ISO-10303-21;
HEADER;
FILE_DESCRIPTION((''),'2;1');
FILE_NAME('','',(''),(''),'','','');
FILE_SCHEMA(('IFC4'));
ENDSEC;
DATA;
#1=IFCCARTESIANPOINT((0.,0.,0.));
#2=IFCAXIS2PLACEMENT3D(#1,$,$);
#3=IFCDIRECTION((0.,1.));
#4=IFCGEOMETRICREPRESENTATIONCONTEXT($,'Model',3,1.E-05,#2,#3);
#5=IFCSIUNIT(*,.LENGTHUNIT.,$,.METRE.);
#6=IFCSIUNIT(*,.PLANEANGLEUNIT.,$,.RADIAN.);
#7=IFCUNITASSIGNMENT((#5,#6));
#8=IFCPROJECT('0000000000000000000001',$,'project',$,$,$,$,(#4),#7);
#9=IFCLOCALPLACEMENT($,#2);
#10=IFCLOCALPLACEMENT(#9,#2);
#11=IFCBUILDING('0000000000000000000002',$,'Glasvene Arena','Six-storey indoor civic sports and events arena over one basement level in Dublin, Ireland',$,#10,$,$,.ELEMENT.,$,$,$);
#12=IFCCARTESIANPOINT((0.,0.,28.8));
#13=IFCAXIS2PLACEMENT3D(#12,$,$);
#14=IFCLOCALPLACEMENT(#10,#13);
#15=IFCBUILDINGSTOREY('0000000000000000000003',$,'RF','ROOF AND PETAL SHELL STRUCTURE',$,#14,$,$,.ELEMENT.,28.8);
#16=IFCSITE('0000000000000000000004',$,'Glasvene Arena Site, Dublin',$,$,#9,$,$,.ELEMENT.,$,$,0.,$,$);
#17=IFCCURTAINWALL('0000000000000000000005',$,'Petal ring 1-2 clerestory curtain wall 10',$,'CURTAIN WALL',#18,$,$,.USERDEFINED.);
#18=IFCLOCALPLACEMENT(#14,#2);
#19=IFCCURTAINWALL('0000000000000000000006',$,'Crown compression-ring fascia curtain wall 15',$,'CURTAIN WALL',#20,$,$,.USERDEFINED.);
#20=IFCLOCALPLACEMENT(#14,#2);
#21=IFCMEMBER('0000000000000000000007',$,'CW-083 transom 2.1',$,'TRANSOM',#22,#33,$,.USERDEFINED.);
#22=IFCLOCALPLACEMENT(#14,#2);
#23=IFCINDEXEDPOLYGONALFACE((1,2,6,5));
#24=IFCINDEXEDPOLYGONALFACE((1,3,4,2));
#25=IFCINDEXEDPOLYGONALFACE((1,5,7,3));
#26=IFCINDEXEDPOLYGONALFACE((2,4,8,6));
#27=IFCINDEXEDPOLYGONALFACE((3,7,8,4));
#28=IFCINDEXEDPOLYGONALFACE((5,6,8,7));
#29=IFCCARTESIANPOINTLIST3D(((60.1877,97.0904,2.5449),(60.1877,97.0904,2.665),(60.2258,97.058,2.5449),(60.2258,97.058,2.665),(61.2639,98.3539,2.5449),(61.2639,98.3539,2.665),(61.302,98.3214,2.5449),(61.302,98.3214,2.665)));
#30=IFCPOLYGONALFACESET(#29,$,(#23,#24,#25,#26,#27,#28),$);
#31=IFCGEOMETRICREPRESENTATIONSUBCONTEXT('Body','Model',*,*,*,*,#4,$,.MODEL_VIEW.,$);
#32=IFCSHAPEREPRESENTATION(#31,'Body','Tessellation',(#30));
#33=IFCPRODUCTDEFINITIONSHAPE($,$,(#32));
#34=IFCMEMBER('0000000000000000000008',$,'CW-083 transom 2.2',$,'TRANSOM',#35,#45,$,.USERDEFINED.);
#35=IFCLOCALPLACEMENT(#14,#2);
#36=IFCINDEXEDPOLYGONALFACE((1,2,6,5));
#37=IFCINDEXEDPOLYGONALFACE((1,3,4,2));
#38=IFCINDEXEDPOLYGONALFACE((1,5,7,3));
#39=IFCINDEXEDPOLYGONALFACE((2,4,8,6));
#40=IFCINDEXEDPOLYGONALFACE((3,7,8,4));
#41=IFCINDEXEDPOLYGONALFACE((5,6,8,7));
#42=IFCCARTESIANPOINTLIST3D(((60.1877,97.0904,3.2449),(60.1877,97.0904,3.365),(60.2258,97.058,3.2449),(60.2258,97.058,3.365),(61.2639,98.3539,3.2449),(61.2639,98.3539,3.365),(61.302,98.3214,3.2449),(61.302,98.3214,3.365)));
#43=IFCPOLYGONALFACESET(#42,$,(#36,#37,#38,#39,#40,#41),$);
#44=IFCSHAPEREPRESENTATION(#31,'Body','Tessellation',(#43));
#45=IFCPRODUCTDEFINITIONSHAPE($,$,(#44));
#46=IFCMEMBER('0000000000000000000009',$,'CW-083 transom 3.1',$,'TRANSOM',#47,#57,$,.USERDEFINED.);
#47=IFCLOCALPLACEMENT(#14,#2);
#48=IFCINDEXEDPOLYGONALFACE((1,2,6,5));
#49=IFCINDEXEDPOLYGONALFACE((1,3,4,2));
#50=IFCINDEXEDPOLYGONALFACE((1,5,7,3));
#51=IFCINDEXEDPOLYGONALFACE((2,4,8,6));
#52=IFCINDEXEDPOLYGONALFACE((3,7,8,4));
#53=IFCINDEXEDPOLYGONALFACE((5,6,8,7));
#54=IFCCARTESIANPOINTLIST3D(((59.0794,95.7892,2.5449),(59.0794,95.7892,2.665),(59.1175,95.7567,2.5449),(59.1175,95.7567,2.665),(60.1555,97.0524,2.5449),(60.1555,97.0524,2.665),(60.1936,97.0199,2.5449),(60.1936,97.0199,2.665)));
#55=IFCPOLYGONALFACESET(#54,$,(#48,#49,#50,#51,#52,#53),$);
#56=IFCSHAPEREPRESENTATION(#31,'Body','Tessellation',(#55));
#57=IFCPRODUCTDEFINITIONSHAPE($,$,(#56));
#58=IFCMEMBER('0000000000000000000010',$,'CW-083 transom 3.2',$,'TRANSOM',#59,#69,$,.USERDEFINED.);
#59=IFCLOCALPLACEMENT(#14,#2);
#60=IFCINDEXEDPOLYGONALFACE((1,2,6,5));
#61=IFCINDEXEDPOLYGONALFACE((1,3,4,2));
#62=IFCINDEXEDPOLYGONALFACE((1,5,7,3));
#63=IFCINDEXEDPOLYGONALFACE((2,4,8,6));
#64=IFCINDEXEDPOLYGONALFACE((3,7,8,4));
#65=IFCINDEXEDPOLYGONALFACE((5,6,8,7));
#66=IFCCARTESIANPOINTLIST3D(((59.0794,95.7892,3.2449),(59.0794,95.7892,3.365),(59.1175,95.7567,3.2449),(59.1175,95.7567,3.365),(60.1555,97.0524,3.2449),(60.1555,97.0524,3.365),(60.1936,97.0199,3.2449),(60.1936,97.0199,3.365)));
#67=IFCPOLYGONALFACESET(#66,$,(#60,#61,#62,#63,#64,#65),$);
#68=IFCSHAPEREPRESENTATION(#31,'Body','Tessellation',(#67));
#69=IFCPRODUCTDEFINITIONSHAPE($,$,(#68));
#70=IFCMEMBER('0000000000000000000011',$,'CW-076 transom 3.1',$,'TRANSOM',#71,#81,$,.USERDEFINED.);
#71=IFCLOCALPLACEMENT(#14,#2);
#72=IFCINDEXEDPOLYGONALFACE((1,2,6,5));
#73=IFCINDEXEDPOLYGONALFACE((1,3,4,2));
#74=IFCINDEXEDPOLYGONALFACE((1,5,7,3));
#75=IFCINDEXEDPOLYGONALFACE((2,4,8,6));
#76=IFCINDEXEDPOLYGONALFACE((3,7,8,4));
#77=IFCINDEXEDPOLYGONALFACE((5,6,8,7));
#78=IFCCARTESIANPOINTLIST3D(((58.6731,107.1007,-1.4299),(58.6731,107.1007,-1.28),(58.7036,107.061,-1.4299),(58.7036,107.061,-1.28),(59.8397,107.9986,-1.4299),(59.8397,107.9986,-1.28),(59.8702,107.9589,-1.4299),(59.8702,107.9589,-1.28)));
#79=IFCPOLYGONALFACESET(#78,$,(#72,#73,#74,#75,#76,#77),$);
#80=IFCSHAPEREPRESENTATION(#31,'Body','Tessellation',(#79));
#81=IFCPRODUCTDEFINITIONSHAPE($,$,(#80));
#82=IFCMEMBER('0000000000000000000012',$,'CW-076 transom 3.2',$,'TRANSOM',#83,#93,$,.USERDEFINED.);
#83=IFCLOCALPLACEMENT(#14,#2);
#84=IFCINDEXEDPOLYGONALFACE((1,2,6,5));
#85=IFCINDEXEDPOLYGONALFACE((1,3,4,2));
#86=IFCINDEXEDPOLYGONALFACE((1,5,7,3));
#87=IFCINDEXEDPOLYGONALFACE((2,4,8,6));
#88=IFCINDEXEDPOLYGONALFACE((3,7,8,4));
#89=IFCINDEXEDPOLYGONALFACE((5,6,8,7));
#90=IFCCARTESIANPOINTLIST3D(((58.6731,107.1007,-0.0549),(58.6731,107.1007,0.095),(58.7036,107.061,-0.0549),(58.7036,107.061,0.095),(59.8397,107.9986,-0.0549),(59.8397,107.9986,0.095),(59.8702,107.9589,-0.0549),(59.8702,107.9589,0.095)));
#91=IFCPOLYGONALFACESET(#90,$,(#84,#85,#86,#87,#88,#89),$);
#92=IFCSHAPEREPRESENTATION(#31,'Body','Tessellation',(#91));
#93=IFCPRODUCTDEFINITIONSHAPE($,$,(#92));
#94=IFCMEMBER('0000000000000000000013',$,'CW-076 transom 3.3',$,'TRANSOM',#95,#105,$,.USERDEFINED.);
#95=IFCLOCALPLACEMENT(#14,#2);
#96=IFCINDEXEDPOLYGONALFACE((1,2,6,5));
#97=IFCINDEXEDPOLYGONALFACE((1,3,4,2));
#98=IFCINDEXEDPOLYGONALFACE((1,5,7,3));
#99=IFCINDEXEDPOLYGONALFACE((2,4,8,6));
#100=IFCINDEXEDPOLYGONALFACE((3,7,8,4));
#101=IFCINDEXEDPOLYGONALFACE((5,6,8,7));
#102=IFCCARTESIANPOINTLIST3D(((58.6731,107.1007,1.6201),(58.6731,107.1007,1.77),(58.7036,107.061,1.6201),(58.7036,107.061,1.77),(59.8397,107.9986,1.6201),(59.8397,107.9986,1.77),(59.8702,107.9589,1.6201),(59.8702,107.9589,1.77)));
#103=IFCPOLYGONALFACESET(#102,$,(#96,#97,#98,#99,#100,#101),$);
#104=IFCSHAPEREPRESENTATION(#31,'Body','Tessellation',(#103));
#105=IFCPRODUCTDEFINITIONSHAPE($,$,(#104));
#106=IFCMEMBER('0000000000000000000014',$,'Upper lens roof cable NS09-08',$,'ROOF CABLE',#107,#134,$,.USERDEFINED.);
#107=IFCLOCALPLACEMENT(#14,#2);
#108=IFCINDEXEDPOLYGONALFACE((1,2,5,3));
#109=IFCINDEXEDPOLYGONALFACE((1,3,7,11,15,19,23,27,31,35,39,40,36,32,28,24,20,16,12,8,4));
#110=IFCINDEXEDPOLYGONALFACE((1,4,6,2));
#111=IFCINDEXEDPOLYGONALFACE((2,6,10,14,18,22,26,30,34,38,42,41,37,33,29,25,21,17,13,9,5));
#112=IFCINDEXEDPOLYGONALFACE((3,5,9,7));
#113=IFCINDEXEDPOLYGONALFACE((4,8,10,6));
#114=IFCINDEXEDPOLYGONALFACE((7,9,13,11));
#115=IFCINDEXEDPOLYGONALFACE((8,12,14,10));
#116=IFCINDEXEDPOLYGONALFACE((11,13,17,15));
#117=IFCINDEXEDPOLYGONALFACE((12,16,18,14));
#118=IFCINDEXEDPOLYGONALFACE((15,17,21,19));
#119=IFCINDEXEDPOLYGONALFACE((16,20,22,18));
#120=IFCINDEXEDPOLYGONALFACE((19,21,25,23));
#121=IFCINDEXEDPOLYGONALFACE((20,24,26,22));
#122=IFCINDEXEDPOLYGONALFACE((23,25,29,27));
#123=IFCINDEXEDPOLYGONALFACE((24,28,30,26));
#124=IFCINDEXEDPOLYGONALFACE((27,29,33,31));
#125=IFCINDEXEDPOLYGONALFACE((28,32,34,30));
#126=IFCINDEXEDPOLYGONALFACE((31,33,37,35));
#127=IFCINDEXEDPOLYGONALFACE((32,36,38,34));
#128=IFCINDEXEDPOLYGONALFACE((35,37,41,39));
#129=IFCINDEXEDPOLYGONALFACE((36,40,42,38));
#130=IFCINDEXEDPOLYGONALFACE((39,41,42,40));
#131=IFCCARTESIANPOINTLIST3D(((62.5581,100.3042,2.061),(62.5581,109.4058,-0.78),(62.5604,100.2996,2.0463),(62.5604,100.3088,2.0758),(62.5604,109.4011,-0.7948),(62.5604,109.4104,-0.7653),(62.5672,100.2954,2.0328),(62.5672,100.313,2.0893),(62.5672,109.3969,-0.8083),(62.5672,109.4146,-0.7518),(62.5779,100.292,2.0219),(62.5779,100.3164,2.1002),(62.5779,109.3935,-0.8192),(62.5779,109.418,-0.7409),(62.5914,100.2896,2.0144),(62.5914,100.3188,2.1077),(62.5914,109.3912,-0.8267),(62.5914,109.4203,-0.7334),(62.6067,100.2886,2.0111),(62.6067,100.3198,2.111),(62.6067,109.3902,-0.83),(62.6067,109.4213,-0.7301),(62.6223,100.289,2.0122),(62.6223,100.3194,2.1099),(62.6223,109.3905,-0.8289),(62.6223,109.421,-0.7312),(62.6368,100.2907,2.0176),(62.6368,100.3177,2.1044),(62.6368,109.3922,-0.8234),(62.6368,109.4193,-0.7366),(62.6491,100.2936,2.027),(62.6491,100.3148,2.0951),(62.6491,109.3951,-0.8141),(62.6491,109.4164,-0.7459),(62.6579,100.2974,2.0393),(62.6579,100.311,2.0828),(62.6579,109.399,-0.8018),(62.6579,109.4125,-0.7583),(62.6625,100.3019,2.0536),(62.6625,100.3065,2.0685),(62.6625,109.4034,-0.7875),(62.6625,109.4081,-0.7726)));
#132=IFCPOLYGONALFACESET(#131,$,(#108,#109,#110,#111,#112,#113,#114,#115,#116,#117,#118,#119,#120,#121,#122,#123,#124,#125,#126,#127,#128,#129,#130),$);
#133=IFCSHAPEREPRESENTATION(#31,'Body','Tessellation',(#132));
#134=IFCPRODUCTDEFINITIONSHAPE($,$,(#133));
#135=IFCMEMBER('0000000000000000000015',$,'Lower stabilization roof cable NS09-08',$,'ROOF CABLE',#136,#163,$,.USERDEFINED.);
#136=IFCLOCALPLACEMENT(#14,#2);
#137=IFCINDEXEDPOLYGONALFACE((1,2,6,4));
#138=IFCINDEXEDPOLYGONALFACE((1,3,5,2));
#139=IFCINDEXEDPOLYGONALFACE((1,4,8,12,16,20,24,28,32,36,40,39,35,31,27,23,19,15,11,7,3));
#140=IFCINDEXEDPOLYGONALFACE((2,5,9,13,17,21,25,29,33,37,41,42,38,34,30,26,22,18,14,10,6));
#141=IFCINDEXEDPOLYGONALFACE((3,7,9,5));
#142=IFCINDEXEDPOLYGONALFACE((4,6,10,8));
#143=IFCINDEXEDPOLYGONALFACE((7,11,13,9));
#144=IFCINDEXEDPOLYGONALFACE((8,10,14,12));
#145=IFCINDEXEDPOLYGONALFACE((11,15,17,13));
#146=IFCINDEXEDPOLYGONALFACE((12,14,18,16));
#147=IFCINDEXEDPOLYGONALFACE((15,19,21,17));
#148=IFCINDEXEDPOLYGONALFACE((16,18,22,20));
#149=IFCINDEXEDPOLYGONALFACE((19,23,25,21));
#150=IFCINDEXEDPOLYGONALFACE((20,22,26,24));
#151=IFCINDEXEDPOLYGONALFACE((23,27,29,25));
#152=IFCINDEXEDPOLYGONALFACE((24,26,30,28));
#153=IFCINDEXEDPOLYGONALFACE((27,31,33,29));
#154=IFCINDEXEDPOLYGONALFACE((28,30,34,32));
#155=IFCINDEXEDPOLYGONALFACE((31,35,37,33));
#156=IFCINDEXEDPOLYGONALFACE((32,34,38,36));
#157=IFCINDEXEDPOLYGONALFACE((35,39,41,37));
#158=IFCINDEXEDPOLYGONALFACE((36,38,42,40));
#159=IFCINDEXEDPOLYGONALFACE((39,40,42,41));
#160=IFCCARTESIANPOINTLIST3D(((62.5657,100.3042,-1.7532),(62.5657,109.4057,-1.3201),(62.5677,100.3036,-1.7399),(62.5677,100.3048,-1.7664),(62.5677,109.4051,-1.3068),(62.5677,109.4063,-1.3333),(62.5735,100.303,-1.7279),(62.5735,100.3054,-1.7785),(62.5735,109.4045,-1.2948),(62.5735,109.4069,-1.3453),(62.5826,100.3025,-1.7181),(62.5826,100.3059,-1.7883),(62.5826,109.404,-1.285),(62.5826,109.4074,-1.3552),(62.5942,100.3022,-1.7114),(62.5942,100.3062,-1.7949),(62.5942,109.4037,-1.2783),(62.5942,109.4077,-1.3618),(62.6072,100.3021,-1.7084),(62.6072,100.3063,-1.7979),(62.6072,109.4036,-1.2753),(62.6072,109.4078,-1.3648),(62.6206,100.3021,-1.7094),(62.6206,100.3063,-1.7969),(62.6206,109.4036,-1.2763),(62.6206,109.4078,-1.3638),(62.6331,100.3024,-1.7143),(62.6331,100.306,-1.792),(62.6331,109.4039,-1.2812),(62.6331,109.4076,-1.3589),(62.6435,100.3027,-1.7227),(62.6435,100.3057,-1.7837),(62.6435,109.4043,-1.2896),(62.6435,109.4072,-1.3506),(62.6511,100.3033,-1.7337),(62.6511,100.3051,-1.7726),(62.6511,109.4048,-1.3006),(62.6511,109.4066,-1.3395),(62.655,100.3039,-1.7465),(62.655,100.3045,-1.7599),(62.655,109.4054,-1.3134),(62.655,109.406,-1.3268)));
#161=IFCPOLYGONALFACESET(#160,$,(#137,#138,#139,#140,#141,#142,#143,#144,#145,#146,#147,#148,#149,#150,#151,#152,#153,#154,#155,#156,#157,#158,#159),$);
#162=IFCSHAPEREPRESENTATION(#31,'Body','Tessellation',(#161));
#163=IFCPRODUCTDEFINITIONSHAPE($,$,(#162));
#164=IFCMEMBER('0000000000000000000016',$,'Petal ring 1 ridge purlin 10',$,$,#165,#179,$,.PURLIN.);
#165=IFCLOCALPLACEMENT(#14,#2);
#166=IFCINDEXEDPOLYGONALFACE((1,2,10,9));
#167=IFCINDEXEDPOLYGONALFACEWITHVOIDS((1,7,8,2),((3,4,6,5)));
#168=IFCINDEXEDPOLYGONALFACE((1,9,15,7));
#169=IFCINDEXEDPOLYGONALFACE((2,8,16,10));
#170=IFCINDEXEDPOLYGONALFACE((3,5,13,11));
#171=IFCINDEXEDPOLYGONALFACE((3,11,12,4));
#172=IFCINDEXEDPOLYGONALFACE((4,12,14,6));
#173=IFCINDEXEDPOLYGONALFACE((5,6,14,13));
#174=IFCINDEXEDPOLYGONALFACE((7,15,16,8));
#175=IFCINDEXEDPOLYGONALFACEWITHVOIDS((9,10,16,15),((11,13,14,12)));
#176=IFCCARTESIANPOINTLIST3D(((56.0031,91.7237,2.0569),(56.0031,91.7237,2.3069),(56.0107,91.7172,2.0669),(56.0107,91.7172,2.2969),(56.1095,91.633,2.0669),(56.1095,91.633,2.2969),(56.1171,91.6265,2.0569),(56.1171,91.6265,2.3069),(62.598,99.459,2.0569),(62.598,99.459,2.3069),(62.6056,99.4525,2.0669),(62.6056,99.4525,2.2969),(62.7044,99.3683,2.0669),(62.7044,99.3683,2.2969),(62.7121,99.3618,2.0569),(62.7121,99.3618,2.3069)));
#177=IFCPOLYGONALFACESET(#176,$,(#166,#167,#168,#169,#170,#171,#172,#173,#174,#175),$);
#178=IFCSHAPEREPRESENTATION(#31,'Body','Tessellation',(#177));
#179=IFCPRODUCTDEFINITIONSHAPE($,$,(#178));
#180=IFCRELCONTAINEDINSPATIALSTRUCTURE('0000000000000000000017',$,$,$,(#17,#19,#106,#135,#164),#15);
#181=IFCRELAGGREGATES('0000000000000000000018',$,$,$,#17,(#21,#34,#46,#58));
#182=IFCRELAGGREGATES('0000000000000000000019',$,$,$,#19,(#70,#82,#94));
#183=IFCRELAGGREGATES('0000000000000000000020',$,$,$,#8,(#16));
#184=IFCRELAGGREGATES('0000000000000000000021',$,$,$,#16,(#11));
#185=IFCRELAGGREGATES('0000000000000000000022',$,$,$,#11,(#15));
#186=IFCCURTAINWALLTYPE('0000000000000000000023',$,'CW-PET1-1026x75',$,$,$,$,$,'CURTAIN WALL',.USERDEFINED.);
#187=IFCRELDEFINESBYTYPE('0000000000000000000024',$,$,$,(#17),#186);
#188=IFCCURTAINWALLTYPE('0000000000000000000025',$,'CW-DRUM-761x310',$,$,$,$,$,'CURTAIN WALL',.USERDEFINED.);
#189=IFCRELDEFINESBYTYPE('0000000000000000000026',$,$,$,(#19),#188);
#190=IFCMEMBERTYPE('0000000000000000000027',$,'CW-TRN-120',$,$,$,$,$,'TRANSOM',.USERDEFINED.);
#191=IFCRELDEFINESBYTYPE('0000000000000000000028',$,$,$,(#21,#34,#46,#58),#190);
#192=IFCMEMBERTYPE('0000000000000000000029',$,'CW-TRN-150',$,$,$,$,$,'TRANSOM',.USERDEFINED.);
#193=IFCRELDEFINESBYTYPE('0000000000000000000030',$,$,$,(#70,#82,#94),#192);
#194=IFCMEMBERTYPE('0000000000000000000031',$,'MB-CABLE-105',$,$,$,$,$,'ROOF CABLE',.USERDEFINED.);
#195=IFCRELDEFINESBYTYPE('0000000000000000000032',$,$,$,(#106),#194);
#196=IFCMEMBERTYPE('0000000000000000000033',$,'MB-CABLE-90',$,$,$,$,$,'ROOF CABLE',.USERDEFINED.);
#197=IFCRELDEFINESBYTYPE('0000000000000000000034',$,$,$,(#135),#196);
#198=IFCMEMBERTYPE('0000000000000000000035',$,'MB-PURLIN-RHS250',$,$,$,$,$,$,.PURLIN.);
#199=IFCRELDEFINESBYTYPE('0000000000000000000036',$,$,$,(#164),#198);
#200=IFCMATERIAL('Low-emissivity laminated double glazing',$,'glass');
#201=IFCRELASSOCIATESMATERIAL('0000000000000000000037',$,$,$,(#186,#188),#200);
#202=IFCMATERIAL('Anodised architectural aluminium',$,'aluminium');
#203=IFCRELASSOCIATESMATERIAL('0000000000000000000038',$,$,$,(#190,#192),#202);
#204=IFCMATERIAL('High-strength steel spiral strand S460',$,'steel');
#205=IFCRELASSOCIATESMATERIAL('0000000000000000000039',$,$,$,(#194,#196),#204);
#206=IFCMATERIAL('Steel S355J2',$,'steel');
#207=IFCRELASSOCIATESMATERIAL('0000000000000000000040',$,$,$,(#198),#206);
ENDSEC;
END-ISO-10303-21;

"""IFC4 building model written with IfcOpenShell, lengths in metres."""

from ifc_helpers import new_model, si_unit, direction, frame, origin, origin_2d, place, context, subcontext, project, spatial, rectangle, hollow_rectangle, circle, extrude, material, material_profile, profile_set, type_object, element, aggregate, save


model = new_model("IFC4")

# Units and contexts
model_context = context("Model", 3, precision=1e-05, world=origin(), true_north=direction((0.0, 1.0)))
body_context = subcontext(model_context, "Body", "Model", "MODEL_VIEW")
ifc_project = project(units=[si_unit("LENGTHUNIT", "METRE"), si_unit("PLANEANGLEUNIT", "RADIAN")], contexts=[model_context])

# Site, building, storey
site_placement = place(None, origin())
site = spatial("IfcSite", under=ifc_project, at=site_placement, Name="Glasvene Arena Site, Dublin", CompositionType="ELEMENT", RefElevation=0.0)
building_placement = place(site_placement, origin())
building = spatial("IfcBuilding", under=site, at=building_placement, Name="Glasvene Arena", Description="Six-storey indoor civic sports and events arena over one basement level in Dublin, Ireland", CompositionType="ELEMENT")
storey_placement = place(building_placement, frame((0.0, 0.0, 28.8)))
storey = spatial("IfcBuildingStorey", under=building, at=storey_placement, Name="RF", Description="ROOF AND PETAL SHELL STRUCTURE", CompositionType="ELEMENT", Elevation=28.8)

# Curtain walls
ifc_material_1 = material(Name="Low-emissivity laminated double glazing", Category="glass")
ifc_material_2 = material(Name="Anodised architectural aluminium", Category="aluminium")
curtain_wall_type_1 = type_object("IfcCurtainWallType", Name="CW-PET1-1026x75", ElementType="CURTAIN WALL", PredefinedType="USERDEFINED", material=ifc_material_1)
curtain_wall_1_placement = place(storey_placement, frame((62.4077, 99.658, 0.0)))
curtain_wall_1 = element("IfcCurtainWall", 1, at=curtain_wall_1_placement, inside=storey, type_object=curtain_wall_type_1, Name="Petal ring 1-2 clerestory curtain wall 10", ObjectType="CURTAIN WALL", PredefinedType="USERDEFINED")
curtain_wall_type_2 = type_object("IfcCurtainWallType", Name="CW-DRUM-761x310", ElementType="CURTAIN WALL", PredefinedType="USERDEFINED", material=ifc_material_1)
curtain_wall_2_placement = place(storey_placement, frame((62.2876, 109.8506, 0.0)))
curtain_wall_2 = element("IfcCurtainWall", 2, at=curtain_wall_2_placement, inside=storey, type_object=curtain_wall_type_2, Name="Crown compression-ring fascia curtain wall 15", ObjectType="CURTAIN WALL", PredefinedType="USERDEFINED")

# Members
ifc_material_profile_1 = material_profile(ifc_material_2, rectangle(XDim=0.05, YDim=0.1201, at=origin_2d()), Name="ALU TRANSOM 50x120")
ifc_profile_set_1 = profile_set([ifc_material_profile_1], Name="Anodised architectural aluminium")
member_type_1 = type_object("IfcMemberType", Name="CW-TRN-120", ElementType="TRANSOM", PredefinedType="USERDEFINED", material=ifc_profile_set_1)
member_1_placement = place(storey_placement, frame((61.283, 98.3376, 2.605), z_axis=(-0.648438, -0.761267, 0.0), x_axis=(0.761267, -0.648438, 0.0)))
member_1 = element("IfcMember", 3, at=member_1_placement, type_object=member_type_1, Name="CW-083 transom 2.1", ObjectType="TRANSOM", PredefinedType="USERDEFINED", context=body_context, shape_type="SweptSolid", body=[
    extrude(rectangle(XDim=0.05, YDim=0.1201, at=origin_2d()), origin(), (0.0, 0.0, 1.0), 1.6597),
])
member_2_placement = place(storey_placement, frame((61.283, 98.3376, 3.3049), z_axis=(-0.648438, -0.761267, 0.0), x_axis=(0.761267, -0.648438, 0.0)))
member_2 = element("IfcMember", 4, at=member_2_placement, type_object=member_type_1, Name="CW-083 transom 2.2", ObjectType="TRANSOM", PredefinedType="USERDEFINED", context=body_context, shape_type="SweptSolid", body=[
    extrude(rectangle(XDim=0.05, YDim=0.1201, at=origin_2d()), origin(), (0.0, 0.0, 1.0), 1.6597),
])
member_3_placement = place(storey_placement, frame((60.1746, 97.0361, 2.605), z_axis=(-0.648511, -0.761206, 0.0), x_axis=(0.761206, -0.648511, 0.0)))
member_3 = element("IfcMember", 5, at=member_3_placement, type_object=member_type_1, Name="CW-083 transom 3.1", ObjectType="TRANSOM", PredefinedType="USERDEFINED", context=body_context, shape_type="SweptSolid", body=[
    extrude(rectangle(XDim=0.05, YDim=0.1201, at=origin_2d()), origin(), (0.0, 0.0, 1.0), 1.6594),
])
member_4_placement = place(storey_placement, frame((60.1746, 97.0361, 3.3049), z_axis=(-0.648511, -0.761206, 0.0), x_axis=(0.761206, -0.648511, 0.0)))
member_4 = element("IfcMember", 6, at=member_4_placement, type_object=member_type_1, Name="CW-083 transom 3.2", ObjectType="TRANSOM", PredefinedType="USERDEFINED", context=body_context, shape_type="SweptSolid", body=[
    extrude(rectangle(XDim=0.05, YDim=0.1201, at=origin_2d()), origin(), (0.0, 0.0, 1.0), 1.6594),
])
ifc_material_profile_2 = material_profile(ifc_material_2, rectangle(XDim=0.05, YDim=0.1499, at=origin_2d()), Name="ALU TRANSOM 50x150")
ifc_profile_set_2 = profile_set([ifc_material_profile_2], Name="Anodised architectural aluminium")
member_type_2 = type_object("IfcMemberType", Name="CW-TRN-150", ElementType="TRANSOM", PredefinedType="USERDEFINED", material=ifc_profile_set_2)
member_5_placement = place(storey_placement, frame((59.855, 107.9788, -1.355), z_axis=(-0.792476, -0.609903, 0.0), x_axis=(0.609903, -0.792476, 0.0)))
member_5 = element("IfcMember", 7, at=member_5_placement, type_object=member_type_2, Name="CW-076 transom 3.1", ObjectType="TRANSOM", PredefinedType="USERDEFINED", context=body_context, shape_type="SweptSolid", body=[
    extrude(rectangle(XDim=0.05, YDim=0.1499, at=origin_2d()), origin(), (0.0, 0.0, 1.0), 1.4722),
])
member_6_placement = place(storey_placement, frame((59.855, 107.9788, 0.02), z_axis=(-0.792476, -0.609903, 0.0), x_axis=(0.609903, -0.792476, 0.0)))
member_6 = element("IfcMember", 8, at=member_6_placement, type_object=member_type_2, Name="CW-076 transom 3.2", ObjectType="TRANSOM", PredefinedType="USERDEFINED", context=body_context, shape_type="SweptSolid", body=[
    extrude(rectangle(XDim=0.05, YDim=0.1499, at=origin_2d()), origin(), (0.0, 0.0, 1.0), 1.4722),
])
member_7_placement = place(storey_placement, frame((59.855, 107.9788, 1.6951), z_axis=(-0.792476, -0.609903, 0.0), x_axis=(0.609903, -0.792476, 0.0)))
member_7 = element("IfcMember", 9, at=member_7_placement, type_object=member_type_2, Name="CW-076 transom 3.3", ObjectType="TRANSOM", PredefinedType="USERDEFINED", context=body_context, shape_type="SweptSolid", body=[
    extrude(rectangle(XDim=0.05, YDim=0.1499, at=origin_2d()), origin(), (0.0, 0.0, 1.0), 1.4722),
])

# Members
ifc_material_3 = material(Name="High-strength steel spiral strand S460", Category="steel")
ifc_material_profile_3 = material_profile(ifc_material_3, circle(Radius=0.0525, at=origin_2d()), Name="LCSS D105")
ifc_profile_set_3 = profile_set([ifc_material_profile_3], Name="High-strength steel spiral strand S460")
member_type_3 = type_object("IfcMemberType", Name="MB-CABLE-105", ElementType="ROOF CABLE", PredefinedType="USERDEFINED", material=ifc_profile_set_3)
member_8_placement = place(storey_placement, frame((62.6106, 100.3042, 2.061), z_axis=(0.0, 0.954575, -0.297972), x_axis=(-1.0, 0.0, 0.0)))
element("IfcMember", 10, at=member_8_placement, inside=storey, type_object=member_type_3, Name="Upper lens roof cable NS09-08", ObjectType="ROOF CABLE", PredefinedType="USERDEFINED", context=body_context, shape_type="SweptSolid", body=[
    extrude(circle(Radius=0.0525, at=origin_2d()), origin(), (0.0, 0.0, 1.0), 9.5347),
])
ifc_material_profile_4 = material_profile(ifc_material_3, circle(Radius=0.0449, at=origin_2d()), Name="LCSS D90")
ifc_profile_set_4 = profile_set([ifc_material_profile_4], Name="High-strength steel spiral strand S460")
member_type_4 = type_object("IfcMemberType", Name="MB-CABLE-90", ElementType="ROOF CABLE", PredefinedType="USERDEFINED", material=ifc_profile_set_4)
member_9_placement = place(storey_placement, frame((62.6106, 100.3042, -1.7532), z_axis=(0.0, 0.99887, 0.047532), x_axis=(-1.0, 0.0, 0.0)))
element("IfcMember", 11, at=member_9_placement, inside=storey, type_object=member_type_4, Name="Lower stabilization roof cable NS09-08", ObjectType="ROOF CABLE", PredefinedType="USERDEFINED", context=body_context, shape_type="SweptSolid", body=[
    extrude(circle(Radius=0.0449, at=origin_2d()), origin(), (0.0, 0.0, 1.0), 9.1118),
])
ifc_material_4 = material(Name="Steel S355J2", Category="steel")
ifc_material_profile_5 = material_profile(ifc_material_4, hollow_rectangle(XDim=0.1499, YDim=0.25, WallThickness=0.01, at=origin_2d()), Name="RHS 250x150x10.0")
ifc_profile_set_5 = profile_set([ifc_material_profile_5], Name="Steel S355J2")
member_type_5 = type_object("IfcMemberType", Name="MB-PURLIN-RHS250", PredefinedType="PURLIN", material=ifc_profile_set_5)
member_10_placement = place(storey_placement, frame((62.655, 99.4104, 2.1819), z_axis=(-0.648785, -0.760971, 0.0), x_axis=(0.760971, -0.648785, 0.0)))
element("IfcMember", 12, at=member_10_placement, inside=storey, type_object=member_type_5, Name="Petal ring 1 ridge purlin 10", PredefinedType="PURLIN", context=body_context, shape_type="SweptSolid", body=[
    extrude(hollow_rectangle(XDim=0.1499, YDim=0.25, WallThickness=0.01, at=origin_2d()), origin(), (0.0, 0.0, 1.0), 10.165),
])

aggregate(curtain_wall_1, [member_1, member_2, member_3, member_4])
aggregate(curtain_wall_2, [member_5, member_6, member_7])

save(model, "model.ifc")
